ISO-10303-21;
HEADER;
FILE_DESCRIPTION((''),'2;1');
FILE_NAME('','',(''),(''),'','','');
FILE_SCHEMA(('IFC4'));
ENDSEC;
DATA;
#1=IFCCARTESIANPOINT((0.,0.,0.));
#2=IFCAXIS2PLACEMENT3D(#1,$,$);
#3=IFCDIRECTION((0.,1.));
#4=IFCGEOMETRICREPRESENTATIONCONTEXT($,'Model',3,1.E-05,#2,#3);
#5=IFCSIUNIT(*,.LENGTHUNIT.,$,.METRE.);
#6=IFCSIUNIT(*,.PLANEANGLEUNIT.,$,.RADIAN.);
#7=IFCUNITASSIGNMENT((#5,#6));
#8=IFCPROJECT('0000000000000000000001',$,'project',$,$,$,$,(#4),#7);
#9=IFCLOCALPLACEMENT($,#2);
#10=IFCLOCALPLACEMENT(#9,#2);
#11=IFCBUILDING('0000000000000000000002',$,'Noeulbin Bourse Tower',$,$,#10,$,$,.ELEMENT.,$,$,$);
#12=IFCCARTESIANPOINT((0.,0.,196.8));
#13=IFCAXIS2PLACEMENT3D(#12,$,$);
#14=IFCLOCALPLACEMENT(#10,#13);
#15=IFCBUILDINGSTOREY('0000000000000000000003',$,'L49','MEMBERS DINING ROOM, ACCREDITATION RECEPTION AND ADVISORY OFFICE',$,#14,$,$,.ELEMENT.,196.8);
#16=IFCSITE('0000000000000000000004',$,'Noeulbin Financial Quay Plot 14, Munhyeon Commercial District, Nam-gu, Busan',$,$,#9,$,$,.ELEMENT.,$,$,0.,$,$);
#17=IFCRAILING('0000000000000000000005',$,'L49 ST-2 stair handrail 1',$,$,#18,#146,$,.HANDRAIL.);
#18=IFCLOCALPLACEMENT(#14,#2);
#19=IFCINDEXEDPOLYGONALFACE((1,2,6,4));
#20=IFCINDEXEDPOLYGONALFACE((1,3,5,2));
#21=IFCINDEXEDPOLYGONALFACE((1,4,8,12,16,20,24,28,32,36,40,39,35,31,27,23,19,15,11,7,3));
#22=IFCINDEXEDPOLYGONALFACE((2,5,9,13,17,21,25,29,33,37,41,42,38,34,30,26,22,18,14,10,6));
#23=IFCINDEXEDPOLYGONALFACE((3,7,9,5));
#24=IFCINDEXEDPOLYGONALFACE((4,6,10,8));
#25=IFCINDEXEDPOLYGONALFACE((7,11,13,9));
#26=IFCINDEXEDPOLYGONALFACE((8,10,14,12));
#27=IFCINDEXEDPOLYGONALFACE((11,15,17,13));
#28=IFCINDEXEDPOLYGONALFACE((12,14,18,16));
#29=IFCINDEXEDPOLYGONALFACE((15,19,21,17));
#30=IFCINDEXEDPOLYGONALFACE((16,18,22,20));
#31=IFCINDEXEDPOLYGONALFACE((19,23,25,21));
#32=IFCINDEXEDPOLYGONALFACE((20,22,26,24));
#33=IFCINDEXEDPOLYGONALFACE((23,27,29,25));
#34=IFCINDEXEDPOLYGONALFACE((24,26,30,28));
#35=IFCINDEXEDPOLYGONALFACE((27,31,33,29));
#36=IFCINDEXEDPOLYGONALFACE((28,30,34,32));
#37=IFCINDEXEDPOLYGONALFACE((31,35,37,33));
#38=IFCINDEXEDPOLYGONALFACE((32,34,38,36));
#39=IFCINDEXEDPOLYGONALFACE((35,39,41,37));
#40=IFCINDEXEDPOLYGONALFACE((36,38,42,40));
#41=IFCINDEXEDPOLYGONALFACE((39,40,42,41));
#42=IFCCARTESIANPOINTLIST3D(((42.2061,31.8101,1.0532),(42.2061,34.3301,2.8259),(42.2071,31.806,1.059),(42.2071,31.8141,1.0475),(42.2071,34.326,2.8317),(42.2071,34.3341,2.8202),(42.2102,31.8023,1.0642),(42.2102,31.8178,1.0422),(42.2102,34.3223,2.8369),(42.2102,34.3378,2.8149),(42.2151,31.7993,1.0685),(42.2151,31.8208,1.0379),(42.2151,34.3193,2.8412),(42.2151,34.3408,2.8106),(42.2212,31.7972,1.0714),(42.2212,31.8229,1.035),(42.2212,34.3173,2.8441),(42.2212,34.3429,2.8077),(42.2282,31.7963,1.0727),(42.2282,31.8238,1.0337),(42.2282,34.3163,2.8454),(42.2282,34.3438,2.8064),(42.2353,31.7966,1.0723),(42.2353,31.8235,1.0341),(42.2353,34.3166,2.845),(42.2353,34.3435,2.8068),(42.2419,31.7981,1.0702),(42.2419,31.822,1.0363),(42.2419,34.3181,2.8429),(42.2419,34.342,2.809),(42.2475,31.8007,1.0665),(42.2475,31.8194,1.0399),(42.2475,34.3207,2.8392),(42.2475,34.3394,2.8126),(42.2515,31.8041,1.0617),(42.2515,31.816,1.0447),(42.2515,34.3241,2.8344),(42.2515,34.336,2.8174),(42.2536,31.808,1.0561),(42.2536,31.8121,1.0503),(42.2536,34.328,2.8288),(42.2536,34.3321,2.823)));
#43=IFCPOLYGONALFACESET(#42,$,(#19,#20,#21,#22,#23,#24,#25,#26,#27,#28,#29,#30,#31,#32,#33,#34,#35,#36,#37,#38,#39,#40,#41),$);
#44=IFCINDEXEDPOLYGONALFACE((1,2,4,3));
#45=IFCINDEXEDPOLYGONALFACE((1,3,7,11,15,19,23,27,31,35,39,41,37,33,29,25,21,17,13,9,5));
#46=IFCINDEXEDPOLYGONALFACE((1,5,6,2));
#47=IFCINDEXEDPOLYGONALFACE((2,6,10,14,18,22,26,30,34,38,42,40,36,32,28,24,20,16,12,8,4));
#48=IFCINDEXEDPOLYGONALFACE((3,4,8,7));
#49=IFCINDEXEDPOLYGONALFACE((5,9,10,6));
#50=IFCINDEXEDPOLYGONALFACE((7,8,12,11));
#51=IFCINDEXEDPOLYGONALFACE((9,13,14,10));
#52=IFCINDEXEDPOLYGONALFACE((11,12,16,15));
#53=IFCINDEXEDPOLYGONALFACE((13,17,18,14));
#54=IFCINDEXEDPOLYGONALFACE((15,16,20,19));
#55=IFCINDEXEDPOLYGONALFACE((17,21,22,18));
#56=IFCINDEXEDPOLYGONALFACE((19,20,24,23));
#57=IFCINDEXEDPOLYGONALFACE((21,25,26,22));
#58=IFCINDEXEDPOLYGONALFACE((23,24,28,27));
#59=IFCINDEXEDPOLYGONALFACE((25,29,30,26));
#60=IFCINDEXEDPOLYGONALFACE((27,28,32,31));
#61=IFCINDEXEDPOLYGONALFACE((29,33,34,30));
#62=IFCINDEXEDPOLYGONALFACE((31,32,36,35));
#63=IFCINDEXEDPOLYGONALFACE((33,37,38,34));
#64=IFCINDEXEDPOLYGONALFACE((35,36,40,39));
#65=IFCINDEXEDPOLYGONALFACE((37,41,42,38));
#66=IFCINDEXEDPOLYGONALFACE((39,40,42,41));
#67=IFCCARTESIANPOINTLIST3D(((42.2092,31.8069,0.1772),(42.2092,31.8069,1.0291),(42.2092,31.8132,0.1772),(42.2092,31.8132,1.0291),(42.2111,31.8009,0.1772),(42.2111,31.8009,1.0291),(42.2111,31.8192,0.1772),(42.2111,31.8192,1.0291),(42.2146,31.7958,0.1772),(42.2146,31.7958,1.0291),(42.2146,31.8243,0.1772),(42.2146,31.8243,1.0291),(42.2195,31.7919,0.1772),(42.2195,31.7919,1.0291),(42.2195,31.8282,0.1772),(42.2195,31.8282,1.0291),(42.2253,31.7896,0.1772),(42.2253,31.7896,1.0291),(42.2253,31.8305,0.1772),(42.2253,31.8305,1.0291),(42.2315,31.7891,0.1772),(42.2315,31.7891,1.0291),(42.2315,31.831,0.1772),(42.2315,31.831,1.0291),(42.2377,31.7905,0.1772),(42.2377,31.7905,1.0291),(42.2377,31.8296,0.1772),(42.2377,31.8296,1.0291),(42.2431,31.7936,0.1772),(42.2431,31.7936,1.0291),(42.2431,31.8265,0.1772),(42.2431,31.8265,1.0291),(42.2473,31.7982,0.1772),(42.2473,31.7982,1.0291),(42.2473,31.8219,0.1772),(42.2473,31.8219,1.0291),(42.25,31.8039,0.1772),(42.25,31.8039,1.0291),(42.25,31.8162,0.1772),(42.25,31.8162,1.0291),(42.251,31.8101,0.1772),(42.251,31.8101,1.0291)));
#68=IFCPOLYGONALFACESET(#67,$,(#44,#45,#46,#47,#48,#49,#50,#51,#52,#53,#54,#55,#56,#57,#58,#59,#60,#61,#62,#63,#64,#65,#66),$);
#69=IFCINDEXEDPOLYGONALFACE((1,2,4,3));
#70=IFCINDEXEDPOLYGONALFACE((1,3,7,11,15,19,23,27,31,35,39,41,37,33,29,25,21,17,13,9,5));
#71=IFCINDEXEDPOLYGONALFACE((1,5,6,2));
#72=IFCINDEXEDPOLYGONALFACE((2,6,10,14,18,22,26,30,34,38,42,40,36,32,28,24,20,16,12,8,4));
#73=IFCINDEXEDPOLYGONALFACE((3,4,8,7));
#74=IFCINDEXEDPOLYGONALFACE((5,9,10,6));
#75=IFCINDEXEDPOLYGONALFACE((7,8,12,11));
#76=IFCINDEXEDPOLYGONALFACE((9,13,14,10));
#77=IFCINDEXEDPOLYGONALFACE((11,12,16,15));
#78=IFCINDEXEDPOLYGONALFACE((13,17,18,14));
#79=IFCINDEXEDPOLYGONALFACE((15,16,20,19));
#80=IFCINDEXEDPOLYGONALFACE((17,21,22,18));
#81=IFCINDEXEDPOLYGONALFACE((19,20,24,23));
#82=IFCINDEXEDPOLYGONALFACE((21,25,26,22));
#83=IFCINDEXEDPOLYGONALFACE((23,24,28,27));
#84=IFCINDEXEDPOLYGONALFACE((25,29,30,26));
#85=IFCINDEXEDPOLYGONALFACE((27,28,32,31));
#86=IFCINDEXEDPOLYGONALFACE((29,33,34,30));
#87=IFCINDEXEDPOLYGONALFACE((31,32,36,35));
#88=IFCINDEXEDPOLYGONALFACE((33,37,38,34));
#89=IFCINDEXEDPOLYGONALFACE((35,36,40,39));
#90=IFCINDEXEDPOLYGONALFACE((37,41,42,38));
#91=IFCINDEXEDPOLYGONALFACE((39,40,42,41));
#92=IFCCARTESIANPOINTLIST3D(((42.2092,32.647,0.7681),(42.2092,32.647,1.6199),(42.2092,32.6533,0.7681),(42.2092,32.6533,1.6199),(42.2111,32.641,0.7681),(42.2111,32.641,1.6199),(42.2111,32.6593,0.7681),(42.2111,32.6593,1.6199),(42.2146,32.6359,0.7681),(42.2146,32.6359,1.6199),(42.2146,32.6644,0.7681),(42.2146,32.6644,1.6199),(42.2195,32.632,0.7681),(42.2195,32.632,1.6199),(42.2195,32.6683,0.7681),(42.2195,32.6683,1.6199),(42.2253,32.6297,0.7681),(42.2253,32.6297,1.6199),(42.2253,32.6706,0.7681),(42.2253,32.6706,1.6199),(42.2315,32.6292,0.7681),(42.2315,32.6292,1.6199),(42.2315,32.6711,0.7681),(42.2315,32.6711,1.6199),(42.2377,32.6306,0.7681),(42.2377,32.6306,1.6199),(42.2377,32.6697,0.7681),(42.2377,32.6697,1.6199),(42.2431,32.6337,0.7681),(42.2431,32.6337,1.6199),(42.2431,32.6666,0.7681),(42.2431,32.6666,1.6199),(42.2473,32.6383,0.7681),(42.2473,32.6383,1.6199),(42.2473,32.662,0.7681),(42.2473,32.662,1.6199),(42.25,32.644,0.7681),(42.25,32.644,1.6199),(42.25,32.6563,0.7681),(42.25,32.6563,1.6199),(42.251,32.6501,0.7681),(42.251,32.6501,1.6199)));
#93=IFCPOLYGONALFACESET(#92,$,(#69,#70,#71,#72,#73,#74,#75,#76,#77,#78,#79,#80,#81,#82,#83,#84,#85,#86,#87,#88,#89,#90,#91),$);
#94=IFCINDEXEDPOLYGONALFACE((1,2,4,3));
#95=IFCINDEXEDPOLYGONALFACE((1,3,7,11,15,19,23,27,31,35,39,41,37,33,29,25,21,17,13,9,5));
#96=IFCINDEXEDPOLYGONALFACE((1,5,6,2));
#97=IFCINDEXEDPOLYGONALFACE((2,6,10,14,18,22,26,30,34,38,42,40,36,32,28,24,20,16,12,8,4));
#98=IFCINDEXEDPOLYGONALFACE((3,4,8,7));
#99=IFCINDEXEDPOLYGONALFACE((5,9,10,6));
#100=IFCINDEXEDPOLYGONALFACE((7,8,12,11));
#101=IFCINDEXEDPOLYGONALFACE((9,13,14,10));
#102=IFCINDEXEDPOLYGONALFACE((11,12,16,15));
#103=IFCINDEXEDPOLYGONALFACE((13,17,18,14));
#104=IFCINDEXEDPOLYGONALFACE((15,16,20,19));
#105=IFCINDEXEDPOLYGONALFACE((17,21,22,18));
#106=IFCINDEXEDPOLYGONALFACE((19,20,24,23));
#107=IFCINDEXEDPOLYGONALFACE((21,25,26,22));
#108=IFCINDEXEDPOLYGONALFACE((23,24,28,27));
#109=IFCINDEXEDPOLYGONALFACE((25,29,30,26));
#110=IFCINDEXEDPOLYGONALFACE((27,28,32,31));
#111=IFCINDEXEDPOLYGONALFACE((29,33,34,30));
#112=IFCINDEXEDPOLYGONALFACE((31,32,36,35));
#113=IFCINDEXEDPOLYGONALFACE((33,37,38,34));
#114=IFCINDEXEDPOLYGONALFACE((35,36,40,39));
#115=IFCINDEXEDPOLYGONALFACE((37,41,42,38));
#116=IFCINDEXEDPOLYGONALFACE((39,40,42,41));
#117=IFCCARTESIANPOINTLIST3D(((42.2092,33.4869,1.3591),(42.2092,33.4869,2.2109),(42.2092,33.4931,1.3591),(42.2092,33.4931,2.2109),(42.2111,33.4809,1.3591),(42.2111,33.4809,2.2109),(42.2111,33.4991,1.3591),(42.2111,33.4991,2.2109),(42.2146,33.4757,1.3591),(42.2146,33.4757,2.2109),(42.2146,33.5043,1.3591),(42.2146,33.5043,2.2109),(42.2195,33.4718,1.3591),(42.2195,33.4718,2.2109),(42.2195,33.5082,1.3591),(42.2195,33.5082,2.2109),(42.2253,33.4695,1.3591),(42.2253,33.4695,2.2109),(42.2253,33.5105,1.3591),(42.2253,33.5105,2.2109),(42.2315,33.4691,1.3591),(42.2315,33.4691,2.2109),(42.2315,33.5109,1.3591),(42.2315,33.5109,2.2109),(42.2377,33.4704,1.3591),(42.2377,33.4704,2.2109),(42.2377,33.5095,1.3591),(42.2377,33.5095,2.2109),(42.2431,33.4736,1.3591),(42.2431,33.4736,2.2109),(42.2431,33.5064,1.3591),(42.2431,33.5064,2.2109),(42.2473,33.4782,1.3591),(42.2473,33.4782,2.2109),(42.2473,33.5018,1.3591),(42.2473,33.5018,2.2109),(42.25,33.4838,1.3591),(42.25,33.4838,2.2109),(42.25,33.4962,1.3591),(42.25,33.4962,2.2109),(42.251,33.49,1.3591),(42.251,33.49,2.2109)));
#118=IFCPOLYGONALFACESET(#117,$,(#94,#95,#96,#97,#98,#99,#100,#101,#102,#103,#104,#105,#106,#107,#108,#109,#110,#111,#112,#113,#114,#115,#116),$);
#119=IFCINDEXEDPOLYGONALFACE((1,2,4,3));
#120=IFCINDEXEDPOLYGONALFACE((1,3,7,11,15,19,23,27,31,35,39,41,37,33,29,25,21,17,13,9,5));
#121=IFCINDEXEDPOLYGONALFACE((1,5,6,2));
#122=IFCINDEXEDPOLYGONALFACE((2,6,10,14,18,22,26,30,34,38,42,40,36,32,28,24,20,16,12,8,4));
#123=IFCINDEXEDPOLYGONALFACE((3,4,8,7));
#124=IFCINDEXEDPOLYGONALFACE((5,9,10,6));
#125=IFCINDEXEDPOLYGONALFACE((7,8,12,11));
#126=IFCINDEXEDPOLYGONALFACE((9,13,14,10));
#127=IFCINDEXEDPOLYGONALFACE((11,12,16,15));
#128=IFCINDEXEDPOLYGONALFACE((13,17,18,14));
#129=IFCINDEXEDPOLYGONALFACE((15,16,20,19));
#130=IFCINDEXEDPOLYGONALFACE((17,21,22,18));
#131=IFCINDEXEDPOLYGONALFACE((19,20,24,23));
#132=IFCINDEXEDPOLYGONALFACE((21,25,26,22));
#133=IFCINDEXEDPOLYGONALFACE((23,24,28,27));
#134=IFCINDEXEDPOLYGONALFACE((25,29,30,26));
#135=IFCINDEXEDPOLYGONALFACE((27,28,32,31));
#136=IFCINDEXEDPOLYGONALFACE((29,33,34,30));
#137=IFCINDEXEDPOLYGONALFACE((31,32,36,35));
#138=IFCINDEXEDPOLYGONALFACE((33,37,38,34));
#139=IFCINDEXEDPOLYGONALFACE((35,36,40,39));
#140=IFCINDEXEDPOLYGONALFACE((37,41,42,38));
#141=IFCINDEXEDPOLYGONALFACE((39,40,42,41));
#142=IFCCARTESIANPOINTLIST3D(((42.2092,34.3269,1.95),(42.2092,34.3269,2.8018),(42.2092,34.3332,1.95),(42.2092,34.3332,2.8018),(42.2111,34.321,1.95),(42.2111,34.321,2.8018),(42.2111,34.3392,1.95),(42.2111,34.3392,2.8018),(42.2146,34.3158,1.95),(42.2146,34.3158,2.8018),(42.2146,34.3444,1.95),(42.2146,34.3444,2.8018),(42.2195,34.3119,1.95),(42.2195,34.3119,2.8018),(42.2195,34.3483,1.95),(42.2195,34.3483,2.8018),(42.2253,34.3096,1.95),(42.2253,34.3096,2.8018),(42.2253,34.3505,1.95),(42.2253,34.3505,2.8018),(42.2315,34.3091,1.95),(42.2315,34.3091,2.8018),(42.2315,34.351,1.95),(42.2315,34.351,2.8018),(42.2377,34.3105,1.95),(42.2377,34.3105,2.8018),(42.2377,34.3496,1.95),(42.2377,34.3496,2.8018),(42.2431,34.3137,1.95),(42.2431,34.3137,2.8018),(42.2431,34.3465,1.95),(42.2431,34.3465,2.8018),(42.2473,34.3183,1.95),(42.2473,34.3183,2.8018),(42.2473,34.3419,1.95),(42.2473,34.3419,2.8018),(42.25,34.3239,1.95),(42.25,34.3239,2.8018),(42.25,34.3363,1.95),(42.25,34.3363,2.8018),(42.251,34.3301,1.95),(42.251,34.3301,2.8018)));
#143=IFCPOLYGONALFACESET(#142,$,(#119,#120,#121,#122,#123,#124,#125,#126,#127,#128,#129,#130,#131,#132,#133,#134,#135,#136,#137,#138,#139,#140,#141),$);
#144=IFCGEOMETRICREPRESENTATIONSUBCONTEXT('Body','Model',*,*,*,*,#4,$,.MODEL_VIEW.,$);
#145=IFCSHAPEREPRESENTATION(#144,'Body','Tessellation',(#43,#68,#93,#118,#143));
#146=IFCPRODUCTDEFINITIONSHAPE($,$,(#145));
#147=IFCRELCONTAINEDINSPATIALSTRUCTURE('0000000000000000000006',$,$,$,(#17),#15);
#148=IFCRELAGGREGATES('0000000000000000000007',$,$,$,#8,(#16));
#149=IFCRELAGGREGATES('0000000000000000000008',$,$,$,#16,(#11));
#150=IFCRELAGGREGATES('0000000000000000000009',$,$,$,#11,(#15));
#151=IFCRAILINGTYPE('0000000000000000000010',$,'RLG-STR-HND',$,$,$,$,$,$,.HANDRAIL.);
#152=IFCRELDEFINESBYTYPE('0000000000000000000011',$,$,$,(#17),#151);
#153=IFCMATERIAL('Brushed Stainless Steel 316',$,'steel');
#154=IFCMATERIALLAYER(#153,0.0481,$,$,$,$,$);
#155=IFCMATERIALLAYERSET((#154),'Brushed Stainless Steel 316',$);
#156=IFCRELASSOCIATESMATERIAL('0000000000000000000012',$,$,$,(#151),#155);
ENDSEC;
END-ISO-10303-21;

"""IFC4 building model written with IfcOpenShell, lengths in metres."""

from ifc_helpers import new_model, si_unit, direction, frame, origin, origin_2d, place, context, subcontext, project, spatial, circle, extrude, material, layer, layer_set, type_object, element, save


model = new_model("IFC4")

# Units and contexts
model_context = context("Model", 3, precision=1e-05, world=origin(), true_north=direction((0.0, 1.0)))
body_context = subcontext(model_context, "Body", "Model", "MODEL_VIEW")
ifc_project = project(units=[si_unit("LENGTHUNIT", "METRE"), si_unit("PLANEANGLEUNIT", "RADIAN")], contexts=[model_context])

# Site, building, storey
site_placement = place(None, origin())
site = spatial("IfcSite", under=ifc_project, at=site_placement, Name="Noeulbin Financial Quay Plot 14, Munhyeon Commercial District, Nam-gu, Busan", CompositionType="ELEMENT", RefElevation=0.0)
building_placement = place(site_placement, origin())
building = spatial("IfcBuilding", under=site, at=building_placement, Name="Noeulbin Bourse Tower", CompositionType="ELEMENT")
storey_placement = place(building_placement, frame((0.0, 0.0, 196.8)))
storey = spatial("IfcBuildingStorey", under=building, at=storey_placement, Name="L49", Description="MEMBERS DINING ROOM, ACCREDITATION RECEPTION AND ADVISORY OFFICE", CompositionType="ELEMENT", Elevation=196.8)

# Railing
ifc_material_1 = material(Name="Brushed Stainless Steel 316", Category="steel")
ifc_layer_1 = layer(ifc_material_1, 0.0481)
ifc_layer_set_1 = layer_set([ifc_layer_1], Name="Brushed Stainless Steel 316")
railing_type_1 = type_object("IfcRailingType", Name="RLG-STR-HND", PredefinedType="HANDRAIL", material=ifc_layer_set_1)
railing_1_placement = place(storey_placement, frame((42.23, 31.8101, 0.1772)))
element("IfcRailing", 1, at=railing_1_placement, inside=storey, type_object=railing_type_1, Name="L49 ST-2 stair handrail 1", PredefinedType="HANDRAIL", context=body_context, shape_type="SweptSolid", body=[
    extrude(circle(Radius=0.0239, at=origin_2d()), frame((0.0, 0.0, 0.876), z_axis=(0.0, 0.817904, 0.575354), x_axis=(-1.0, 0.0, 0.0)), (0.0, 0.0, 1.0), 3.0811),
    extrude(circle(Radius=0.021, at=origin_2d()), origin(), (0.0, 0.0, 1.0), 0.8518),
    extrude(circle(Radius=0.021, at=origin_2d()), frame((0.0, 0.8401, 0.5908)), (0.0, 0.0, 1.0), 0.8518),
    extrude(circle(Radius=0.021, at=origin_2d()), frame((0.0, 1.6799, 1.1819)), (0.0, 0.0, 1.0), 0.8518),
    extrude(circle(Radius=0.021, at=origin_2d()), frame((0.0, 2.52, 1.7727)), (0.0, 0.0, 1.0), 0.8518),
])

save(model, "model.ifc")
